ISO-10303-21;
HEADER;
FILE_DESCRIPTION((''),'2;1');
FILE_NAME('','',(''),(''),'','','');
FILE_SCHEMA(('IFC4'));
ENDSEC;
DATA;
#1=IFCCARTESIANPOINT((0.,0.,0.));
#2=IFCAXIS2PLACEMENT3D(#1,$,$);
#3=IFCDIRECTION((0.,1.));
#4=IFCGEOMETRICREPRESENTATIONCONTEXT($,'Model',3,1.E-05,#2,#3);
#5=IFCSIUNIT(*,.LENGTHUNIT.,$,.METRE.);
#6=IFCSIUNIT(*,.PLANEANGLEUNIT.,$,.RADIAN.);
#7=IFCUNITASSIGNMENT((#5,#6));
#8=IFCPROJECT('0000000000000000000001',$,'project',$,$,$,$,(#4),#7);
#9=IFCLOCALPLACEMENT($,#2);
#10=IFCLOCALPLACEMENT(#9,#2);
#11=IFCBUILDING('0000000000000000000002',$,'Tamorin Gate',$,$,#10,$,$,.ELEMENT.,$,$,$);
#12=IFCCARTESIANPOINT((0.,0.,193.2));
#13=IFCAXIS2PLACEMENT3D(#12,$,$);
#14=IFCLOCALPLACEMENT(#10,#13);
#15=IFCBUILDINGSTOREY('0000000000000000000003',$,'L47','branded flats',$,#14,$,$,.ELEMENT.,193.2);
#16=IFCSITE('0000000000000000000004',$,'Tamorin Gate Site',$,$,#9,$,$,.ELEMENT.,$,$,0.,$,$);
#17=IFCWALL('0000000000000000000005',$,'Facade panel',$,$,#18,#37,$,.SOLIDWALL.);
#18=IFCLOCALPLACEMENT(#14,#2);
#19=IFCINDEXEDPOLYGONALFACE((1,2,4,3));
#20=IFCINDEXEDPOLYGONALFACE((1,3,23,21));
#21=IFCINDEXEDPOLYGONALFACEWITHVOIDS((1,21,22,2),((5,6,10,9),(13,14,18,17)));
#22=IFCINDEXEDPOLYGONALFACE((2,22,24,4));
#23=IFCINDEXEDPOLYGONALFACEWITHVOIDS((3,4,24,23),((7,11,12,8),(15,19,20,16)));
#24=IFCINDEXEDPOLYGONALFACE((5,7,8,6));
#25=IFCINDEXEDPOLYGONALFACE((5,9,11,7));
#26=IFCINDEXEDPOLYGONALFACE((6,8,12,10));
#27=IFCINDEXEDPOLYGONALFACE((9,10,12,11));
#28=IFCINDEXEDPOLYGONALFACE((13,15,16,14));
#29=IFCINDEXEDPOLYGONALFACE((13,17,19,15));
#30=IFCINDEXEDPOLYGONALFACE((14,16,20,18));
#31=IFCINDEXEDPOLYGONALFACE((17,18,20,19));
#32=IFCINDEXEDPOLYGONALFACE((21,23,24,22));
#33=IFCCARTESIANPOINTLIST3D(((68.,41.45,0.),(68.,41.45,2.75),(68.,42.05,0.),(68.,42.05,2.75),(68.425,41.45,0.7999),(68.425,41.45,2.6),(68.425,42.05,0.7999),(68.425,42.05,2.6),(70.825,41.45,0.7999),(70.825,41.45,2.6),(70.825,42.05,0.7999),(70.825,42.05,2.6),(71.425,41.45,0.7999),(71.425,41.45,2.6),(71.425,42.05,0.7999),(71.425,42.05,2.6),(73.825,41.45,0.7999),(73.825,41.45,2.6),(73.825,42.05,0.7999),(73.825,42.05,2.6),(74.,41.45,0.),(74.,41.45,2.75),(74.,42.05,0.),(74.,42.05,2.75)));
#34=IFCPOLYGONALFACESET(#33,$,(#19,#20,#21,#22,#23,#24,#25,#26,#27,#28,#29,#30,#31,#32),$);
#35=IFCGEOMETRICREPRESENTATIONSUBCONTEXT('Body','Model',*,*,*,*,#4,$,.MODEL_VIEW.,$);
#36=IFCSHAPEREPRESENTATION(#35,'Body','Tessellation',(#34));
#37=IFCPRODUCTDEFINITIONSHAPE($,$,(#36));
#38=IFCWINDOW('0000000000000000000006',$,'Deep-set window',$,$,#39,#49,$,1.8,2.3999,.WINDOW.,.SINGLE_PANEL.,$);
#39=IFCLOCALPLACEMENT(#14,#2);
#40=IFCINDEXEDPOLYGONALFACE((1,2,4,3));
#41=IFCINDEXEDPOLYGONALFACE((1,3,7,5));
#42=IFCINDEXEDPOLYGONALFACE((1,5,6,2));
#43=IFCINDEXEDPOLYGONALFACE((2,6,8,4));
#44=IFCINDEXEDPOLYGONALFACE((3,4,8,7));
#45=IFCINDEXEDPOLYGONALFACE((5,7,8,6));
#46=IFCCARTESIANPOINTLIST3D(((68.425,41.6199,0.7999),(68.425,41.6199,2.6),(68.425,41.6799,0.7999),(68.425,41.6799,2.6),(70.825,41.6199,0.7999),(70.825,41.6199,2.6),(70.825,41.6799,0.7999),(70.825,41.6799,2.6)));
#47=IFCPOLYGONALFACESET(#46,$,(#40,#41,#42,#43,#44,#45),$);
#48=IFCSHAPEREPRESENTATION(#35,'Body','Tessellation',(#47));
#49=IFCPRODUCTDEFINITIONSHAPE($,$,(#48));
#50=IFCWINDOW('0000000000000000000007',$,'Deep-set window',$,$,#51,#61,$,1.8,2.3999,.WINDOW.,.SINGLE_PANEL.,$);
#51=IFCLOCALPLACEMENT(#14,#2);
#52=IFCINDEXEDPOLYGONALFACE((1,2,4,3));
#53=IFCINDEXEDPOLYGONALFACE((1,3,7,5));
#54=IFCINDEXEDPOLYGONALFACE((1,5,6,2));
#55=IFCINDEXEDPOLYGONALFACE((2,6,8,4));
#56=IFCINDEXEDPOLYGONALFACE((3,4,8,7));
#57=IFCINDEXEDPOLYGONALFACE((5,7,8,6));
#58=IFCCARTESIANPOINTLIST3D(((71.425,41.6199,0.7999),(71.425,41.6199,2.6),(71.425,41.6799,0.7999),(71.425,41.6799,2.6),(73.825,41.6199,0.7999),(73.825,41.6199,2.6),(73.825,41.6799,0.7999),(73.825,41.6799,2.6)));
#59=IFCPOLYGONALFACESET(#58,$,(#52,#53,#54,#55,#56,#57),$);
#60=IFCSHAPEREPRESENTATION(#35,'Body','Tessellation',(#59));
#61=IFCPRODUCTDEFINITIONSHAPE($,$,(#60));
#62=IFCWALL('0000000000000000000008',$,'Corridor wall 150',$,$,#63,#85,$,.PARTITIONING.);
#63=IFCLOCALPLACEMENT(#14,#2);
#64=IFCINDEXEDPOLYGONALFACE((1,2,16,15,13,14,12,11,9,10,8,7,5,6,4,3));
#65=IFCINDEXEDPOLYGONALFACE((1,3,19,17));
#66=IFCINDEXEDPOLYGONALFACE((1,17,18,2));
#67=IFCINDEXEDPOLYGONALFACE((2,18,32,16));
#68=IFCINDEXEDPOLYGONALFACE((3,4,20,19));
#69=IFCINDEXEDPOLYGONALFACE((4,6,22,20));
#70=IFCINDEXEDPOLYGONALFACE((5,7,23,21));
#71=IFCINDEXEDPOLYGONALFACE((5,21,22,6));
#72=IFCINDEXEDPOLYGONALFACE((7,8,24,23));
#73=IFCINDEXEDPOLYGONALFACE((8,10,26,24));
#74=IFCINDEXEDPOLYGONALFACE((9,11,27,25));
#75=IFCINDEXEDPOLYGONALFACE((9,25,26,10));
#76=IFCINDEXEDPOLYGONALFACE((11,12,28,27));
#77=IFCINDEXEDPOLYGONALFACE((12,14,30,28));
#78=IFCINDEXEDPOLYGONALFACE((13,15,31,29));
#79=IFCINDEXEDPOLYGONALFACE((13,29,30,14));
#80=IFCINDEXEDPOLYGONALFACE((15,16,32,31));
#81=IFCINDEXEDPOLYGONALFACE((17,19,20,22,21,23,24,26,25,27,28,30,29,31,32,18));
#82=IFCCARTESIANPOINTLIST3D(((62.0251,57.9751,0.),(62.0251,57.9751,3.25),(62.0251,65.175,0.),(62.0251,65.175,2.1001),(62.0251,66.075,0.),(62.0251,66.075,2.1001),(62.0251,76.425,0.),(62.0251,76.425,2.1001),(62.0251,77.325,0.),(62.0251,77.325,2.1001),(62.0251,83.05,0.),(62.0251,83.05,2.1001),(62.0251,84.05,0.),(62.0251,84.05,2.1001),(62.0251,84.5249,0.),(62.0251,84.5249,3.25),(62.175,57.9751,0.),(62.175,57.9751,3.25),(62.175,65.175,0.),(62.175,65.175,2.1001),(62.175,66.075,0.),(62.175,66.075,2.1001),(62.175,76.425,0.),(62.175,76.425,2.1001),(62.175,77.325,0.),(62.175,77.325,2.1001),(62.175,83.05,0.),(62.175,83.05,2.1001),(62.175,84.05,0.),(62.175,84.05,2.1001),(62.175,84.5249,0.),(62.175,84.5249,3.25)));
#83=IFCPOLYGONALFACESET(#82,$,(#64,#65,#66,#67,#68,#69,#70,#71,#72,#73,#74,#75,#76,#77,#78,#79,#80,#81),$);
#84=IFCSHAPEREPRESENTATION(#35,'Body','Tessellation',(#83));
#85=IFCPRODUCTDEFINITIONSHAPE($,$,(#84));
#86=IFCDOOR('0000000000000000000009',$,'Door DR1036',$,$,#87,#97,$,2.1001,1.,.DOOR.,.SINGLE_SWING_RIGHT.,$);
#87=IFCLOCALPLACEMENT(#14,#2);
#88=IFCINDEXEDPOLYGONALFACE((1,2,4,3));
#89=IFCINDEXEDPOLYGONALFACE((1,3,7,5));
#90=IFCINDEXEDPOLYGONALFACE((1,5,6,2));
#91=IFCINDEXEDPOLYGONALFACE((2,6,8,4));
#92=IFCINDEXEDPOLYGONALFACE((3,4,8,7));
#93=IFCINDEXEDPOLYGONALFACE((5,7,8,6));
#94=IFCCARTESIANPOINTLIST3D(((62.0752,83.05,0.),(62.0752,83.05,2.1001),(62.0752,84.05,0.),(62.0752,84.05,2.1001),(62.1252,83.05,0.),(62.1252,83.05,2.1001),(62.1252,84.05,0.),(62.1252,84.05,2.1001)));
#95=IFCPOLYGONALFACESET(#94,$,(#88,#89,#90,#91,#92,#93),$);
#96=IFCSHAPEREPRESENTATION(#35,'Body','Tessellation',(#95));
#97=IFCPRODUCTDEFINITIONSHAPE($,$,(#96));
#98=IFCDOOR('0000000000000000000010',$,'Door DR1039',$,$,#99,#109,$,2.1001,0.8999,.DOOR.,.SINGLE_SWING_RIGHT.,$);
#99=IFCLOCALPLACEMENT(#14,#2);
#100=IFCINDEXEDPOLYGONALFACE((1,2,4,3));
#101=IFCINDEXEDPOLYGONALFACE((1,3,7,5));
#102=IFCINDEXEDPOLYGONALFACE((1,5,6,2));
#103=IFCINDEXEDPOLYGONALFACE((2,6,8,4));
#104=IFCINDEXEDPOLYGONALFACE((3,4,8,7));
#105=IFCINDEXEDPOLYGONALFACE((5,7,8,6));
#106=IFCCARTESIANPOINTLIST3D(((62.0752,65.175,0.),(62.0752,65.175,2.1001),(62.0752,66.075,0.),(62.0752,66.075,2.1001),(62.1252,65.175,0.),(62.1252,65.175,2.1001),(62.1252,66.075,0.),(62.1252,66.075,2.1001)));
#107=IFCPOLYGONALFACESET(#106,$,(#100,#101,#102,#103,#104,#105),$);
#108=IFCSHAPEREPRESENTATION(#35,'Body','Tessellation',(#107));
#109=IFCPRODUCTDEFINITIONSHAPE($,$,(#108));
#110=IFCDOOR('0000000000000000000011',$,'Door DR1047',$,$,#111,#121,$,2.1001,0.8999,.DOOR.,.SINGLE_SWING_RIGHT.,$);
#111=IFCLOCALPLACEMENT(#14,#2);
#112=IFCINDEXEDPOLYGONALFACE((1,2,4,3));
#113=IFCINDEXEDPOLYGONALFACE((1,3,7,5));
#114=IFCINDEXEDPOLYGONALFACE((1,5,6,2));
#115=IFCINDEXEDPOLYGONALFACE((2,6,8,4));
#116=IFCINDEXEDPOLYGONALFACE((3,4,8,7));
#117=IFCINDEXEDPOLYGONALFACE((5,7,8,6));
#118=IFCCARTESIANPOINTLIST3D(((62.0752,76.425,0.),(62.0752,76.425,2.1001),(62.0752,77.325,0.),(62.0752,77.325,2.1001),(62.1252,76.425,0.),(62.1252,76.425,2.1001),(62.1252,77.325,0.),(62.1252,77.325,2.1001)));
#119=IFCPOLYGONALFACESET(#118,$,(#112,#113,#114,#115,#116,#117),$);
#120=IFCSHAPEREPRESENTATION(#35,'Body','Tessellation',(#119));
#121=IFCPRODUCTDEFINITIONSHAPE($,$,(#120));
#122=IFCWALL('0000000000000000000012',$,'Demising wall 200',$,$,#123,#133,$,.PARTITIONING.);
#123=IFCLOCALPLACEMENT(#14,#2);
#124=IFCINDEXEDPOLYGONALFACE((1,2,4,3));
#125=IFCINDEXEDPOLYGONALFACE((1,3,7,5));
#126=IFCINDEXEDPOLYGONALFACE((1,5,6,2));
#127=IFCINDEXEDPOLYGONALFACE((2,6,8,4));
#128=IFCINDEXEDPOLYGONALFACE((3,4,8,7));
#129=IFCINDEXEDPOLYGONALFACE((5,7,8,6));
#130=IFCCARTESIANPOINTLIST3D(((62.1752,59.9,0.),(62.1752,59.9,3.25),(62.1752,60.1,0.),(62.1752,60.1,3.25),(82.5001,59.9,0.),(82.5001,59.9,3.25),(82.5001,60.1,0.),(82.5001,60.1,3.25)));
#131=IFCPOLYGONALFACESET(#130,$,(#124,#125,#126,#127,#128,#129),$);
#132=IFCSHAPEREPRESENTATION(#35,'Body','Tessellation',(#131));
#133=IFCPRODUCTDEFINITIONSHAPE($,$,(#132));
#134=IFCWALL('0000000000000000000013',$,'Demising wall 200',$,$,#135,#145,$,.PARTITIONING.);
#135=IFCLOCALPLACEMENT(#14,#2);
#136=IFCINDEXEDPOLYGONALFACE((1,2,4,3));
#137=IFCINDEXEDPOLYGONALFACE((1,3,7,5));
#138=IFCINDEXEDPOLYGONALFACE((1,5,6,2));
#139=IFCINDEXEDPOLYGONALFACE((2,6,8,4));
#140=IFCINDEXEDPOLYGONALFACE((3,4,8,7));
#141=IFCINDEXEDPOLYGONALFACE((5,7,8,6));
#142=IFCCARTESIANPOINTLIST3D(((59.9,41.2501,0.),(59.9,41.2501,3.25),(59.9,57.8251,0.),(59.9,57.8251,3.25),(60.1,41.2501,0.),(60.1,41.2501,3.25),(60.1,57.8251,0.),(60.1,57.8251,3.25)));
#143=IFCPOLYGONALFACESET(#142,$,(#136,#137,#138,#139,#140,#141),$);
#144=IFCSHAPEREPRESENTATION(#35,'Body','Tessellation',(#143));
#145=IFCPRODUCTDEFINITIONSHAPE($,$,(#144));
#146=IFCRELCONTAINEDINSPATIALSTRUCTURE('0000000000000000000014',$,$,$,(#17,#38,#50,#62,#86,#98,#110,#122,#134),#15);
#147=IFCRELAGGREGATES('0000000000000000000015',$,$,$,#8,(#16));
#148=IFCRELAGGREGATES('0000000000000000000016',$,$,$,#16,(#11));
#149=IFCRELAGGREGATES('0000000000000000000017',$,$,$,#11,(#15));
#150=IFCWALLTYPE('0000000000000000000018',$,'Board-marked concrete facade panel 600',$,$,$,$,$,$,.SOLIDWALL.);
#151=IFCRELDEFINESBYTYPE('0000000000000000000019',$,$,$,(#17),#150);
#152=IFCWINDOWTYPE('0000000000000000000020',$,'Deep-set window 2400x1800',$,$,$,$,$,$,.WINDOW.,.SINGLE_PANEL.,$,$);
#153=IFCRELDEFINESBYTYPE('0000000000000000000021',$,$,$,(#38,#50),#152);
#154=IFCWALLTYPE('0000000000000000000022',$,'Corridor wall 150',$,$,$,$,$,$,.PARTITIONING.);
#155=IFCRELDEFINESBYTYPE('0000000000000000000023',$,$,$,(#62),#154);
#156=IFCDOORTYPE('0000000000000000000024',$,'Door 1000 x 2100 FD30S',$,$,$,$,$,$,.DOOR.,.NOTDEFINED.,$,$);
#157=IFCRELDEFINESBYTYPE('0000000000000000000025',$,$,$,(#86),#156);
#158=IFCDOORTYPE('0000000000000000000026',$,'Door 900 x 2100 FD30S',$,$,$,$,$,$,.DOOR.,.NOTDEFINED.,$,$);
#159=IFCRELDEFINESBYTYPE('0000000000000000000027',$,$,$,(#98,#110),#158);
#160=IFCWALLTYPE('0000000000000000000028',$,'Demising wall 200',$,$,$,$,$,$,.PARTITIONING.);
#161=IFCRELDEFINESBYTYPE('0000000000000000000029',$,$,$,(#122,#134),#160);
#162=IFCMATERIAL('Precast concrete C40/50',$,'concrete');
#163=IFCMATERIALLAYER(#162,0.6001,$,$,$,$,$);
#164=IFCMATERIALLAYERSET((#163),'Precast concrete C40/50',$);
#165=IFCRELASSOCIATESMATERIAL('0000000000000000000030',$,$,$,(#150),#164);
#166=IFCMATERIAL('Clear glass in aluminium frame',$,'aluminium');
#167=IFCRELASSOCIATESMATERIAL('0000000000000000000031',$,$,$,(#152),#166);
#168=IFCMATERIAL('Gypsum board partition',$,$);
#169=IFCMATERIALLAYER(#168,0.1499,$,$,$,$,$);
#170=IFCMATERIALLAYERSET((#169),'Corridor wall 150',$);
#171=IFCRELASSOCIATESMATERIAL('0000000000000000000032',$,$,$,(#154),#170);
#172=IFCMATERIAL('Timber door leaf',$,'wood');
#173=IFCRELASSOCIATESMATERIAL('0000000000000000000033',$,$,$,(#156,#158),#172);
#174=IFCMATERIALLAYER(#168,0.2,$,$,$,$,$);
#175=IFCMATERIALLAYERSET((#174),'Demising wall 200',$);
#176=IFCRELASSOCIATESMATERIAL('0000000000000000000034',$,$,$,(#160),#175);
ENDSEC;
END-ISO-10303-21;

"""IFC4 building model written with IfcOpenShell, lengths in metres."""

from ifc_helpers import new_model, si_unit, direction, frame, frame_2d, origin, place, context, subcontext, project, spatial, rectangle, extrude, material, layer, layer_set, type_object, element, fill, save


model = new_model("IFC4")

# Units and contexts
model_context = context("Model", 3, precision=1e-05, world=origin(), true_north=direction((0.0, 1.0)))
body_context = subcontext(model_context, "Body", "Model", "MODEL_VIEW")
ifc_project = project(units=[si_unit("LENGTHUNIT", "METRE"), si_unit("PLANEANGLEUNIT", "RADIAN")], contexts=[model_context])

# Site, building, storey
site_placement = place(None, origin())
site = spatial("IfcSite", under=ifc_project, at=site_placement, Name="Tamorin Gate Site", CompositionType="ELEMENT", RefElevation=0.0)
building_placement = place(site_placement, origin())
building = spatial("IfcBuilding", under=site, at=building_placement, Name="Tamorin Gate", CompositionType="ELEMENT")
storey_placement = place(building_placement, frame((0.0, 0.0, 193.2)))
storey = spatial("IfcBuildingStorey", under=building, at=storey_placement, Name="L47", Description="branded flats", CompositionType="ELEMENT", Elevation=193.2)

# Wall, openings, windows
ifc_material_1 = material(Name="Precast concrete C40/50", Category="concrete")
ifc_layer_1 = layer(ifc_material_1, 0.6001)
ifc_layer_set_1 = layer_set([ifc_layer_1], Name="Precast concrete C40/50")
wall_type_1 = type_object("IfcWallType", Name="Board-marked concrete facade panel 600", PredefinedType="SOLIDWALL", material=ifc_layer_set_1)
ifc_material_2 = material(Name="Clear glass in aluminium frame", Category="aluminium")
window_type = type_object("IfcWindowType", Name="Deep-set window 2400x1800", PartitioningType="SINGLE_PANEL", PredefinedType="WINDOW", material=ifc_material_2)
wall_1_placement = place(storey_placement, frame((68.0, 41.75, 0.0), z_axis=(0.0, 0.0, 1.0), x_axis=(1.0, 0.0, 0.0)))
wall_1 = element("IfcWall", 1, at=wall_1_placement, inside=storey, type_object=wall_type_1, Name="Facade panel", PredefinedType="SOLIDWALL", context=body_context, shape_type="SweptSolid", body=[
    extrude(rectangle(XDim=6.0, YDim=0.6001, at=frame_2d((3.0, 0.0))), origin(), (0.0, 0.0, 1.0), 2.75),
])
opening_1_placement = place(wall_1_placement, frame((0.425, 0.0, 0.8)))
opening_1 = element("IfcOpeningElement", 2, at=opening_1_placement, cuts=wall_1, PredefinedType="OPENING", context=body_context, shape_type="SweptSolid", body=[
    extrude(rectangle(XDim=2.3999, YDim=1.8, at=frame_2d((1.2, 0.8999))), frame((0.0, 0.3101, 0.0), z_axis=(0.0, -1.0, 0.0), x_axis=(1.0, 0.0, 0.0)), (0.0, 0.0, 1.0), 0.6201),
])
opening_2_placement = place(wall_1_placement, frame((3.425, 0.0, 0.8)))
opening_2 = element("IfcOpeningElement", 3, at=opening_2_placement, cuts=wall_1, PredefinedType="OPENING", context=body_context, shape_type="SweptSolid", body=[
    extrude(rectangle(XDim=2.3999, YDim=1.8, at=frame_2d((1.2, 0.8999))), frame((0.0, 0.3101, 0.0), z_axis=(0.0, -1.0, 0.0), x_axis=(1.0, 0.0, 0.0)), (0.0, 0.0, 1.0), 0.6201),
])
window_1_placement = place(opening_1_placement, origin())
window_1 = element("IfcWindow", 4, at=window_1_placement, inside=storey, type_object=window_type, Name="Deep-set window", OverallHeight=1.8, OverallWidth=2.3999, PartitioningType="SINGLE_PANEL", PredefinedType="WINDOW", context=body_context, shape_type="SweptSolid", body=[
    extrude(rectangle(XDim=2.3999, YDim=1.8, at=frame_2d((1.2, 0.8999))), frame((0.0, -0.0701, 0.0), z_axis=(0.0, -1.0, 0.0), x_axis=(1.0, 0.0, 0.0)), (0.0, 0.0, 1.0), 0.0601),
])
fill(opening_1, window_1)
window_2_placement = place(opening_2_placement, origin())
window_2 = element("IfcWindow", 5, at=window_2_placement, inside=storey, type_object=window_type, Name="Deep-set window", OverallHeight=1.8, OverallWidth=2.3999, PartitioningType="SINGLE_PANEL", PredefinedType="WINDOW", context=body_context, shape_type="SweptSolid", body=[
    extrude(rectangle(XDim=2.3999, YDim=1.8, at=frame_2d((1.2, 0.8999))), frame((0.0, -0.0701, 0.0), z_axis=(0.0, -1.0, 0.0), x_axis=(1.0, 0.0, 0.0)), (0.0, 0.0, 1.0), 0.0601),
])
fill(opening_2, window_2)

# Wall, openings, doors
ifc_material_3 = material(Name="Gypsum board partition")
ifc_layer_2 = layer(ifc_material_3, 0.1499)
ifc_layer_set_2 = layer_set([ifc_layer_2], Name="Corridor wall 150")
wall_type_2 = type_object("IfcWallType", Name="Corridor wall 150", PredefinedType="PARTITIONING", material=ifc_layer_set_2)
wall_2_placement = place(storey_placement, frame((62.1001, 57.9751, 0.0), z_axis=(0.0, 0.0, 1.0), x_axis=(0.0, 1.0, 0.0)))
wall_2 = element("IfcWall", 6, at=wall_2_placement, inside=storey, type_object=wall_type_2, Name="Corridor wall 150", PredefinedType="PARTITIONING", context=body_context, shape_type="SweptSolid", body=[
    extrude(rectangle(XDim=26.5498, YDim=0.1499, at=frame_2d((13.2749, 0.0))), origin(), (0.0, 0.0, 1.0), 3.25),
])
opening_3_placement = place(wall_2_placement, frame((25.075, 0.0, 0.0)))
opening_3 = element("IfcOpeningElement", 7, at=opening_3_placement, cuts=wall_2, PredefinedType="OPENING", context=body_context, shape_type="SweptSolid", body=[
    extrude(rectangle(XDim=1.0, YDim=2.1001, at=frame_2d((0.5, 1.05))), frame((0.0, 0.085, 0.0), z_axis=(0.0, -1.0, 0.0), x_axis=(1.0, 0.0, 0.0)), (0.0, 0.0, 1.0), 0.1699),
])
opening_4_placement = place(wall_2_placement, frame((7.2, 0.0, 0.0)))
opening_4 = element("IfcOpeningElement", 8, at=opening_4_placement, cuts=wall_2, PredefinedType="OPENING", context=body_context, shape_type="SweptSolid", body=[
    extrude(rectangle(XDim=0.8999, YDim=2.1001, at=frame_2d((0.45, 1.05))), frame((0.0, 0.085, 0.0), z_axis=(0.0, -1.0, 0.0), x_axis=(1.0, 0.0, 0.0)), (0.0, 0.0, 1.0), 0.1699),
])
opening_5_placement = place(wall_2_placement, frame((18.45, 0.0, 0.0)))
opening_5 = element("IfcOpeningElement", 9, at=opening_5_placement, cuts=wall_2, PredefinedType="OPENING", context=body_context, shape_type="SweptSolid", body=[
    extrude(rectangle(XDim=0.8999, YDim=2.1001, at=frame_2d((0.45, 1.05))), frame((0.0, 0.085, 0.0), z_axis=(0.0, -1.0, 0.0), x_axis=(1.0, 0.0, 0.0)), (0.0, 0.0, 1.0), 0.1699),
])
ifc_material_4 = material(Name="Timber door leaf", Category="wood")
door_type_1 = type_object("IfcDoorType", Name="Door 1000 x 2100 FD30S", OperationType="NOTDEFINED", PredefinedType="DOOR", material=ifc_material_4)
door_1_placement = place(opening_3_placement, origin())
door_1 = element("IfcDoor", 10, at=door_1_placement, inside=storey, type_object=door_type_1, Name="Door DR1036", OperationType="SINGLE_SWING_RIGHT", OverallHeight=2.1001, OverallWidth=1.0, PredefinedType="DOOR", context=body_context, shape_type="SweptSolid", body=[
    extrude(rectangle(XDim=1.0, YDim=2.1001, at=frame_2d((0.5, 1.05))), frame((0.0, 0.0249, 0.0), z_axis=(0.0, -1.0, 0.0), x_axis=(1.0, 0.0, 0.0)), (0.0, 0.0, 1.0), 0.05),
])
fill(opening_3, door_1)
door_type_2 = type_object("IfcDoorType", Name="Door 900 x 2100 FD30S", OperationType="NOTDEFINED", PredefinedType="DOOR", material=ifc_material_4)
door_2_placement = place(opening_4_placement, origin())
door_2 = element("IfcDoor", 11, at=door_2_placement, inside=storey, type_object=door_type_2, Name="Door DR1039", OperationType="SINGLE_SWING_RIGHT", OverallHeight=2.1001, OverallWidth=0.8999, PredefinedType="DOOR", context=body_context, shape_type="SweptSolid", body=[
    extrude(rectangle(XDim=0.8999, YDim=2.1001, at=frame_2d((0.45, 1.05))), frame((0.0, 0.0249, 0.0), z_axis=(0.0, -1.0, 0.0), x_axis=(1.0, 0.0, 0.0)), (0.0, 0.0, 1.0), 0.05),
])
fill(opening_4, door_2)
door_3_placement = place(opening_5_placement, origin())
door_3 = element("IfcDoor", 12, at=door_3_placement, inside=storey, type_object=door_type_2, Name="Door DR1047", OperationType="SINGLE_SWING_RIGHT", OverallHeight=2.1001, OverallWidth=0.8999, PredefinedType="DOOR", context=body_context, shape_type="SweptSolid", body=[
    extrude(rectangle(XDim=0.8999, YDim=2.1001, at=frame_2d((0.45, 1.05))), frame((0.0, 0.0249, 0.0), z_axis=(0.0, -1.0, 0.0), x_axis=(1.0, 0.0, 0.0)), (0.0, 0.0, 1.0), 0.05),
])
fill(opening_5, door_3)

# Walls
ifc_layer_3 = layer(ifc_material_3, 0.2)
ifc_layer_set_3 = layer_set([ifc_layer_3], Name="Demising wall 200")
wall_type_3 = type_object("IfcWallType", Name="Demising wall 200", PredefinedType="PARTITIONING", material=ifc_layer_set_3)
wall_3_placement = place(storey_placement, frame((62.175, 60.0, 0.0), z_axis=(0.0, 0.0, 1.0), x_axis=(1.0, 0.0, 0.0)))
element("IfcWall", 13, at=wall_3_placement, inside=storey, type_object=wall_type_3, Name="Demising wall 200", PredefinedType="PARTITIONING", context=body_context, shape_type="SweptSolid", body=[
    extrude(rectangle(XDim=20.325, YDim=0.2, at=frame_2d((10.1626, 0.0))), origin(), (0.0, 0.0, 1.0), 3.25),
])
wall_4_placement = place(storey_placement, frame((60.0, 41.25, 0.0), z_axis=(0.0, 0.0, 1.0), x_axis=(0.0, 1.0, 0.0)))
element("IfcWall", 14, at=wall_4_placement, inside=storey, type_object=wall_type_3, Name="Demising wall 200", PredefinedType="PARTITIONING", context=body_context, shape_type="SweptSolid", body=[
    extrude(rectangle(XDim=16.575, YDim=0.2, at=frame_2d((8.2876, 0.0))), origin(), (0.0, 0.0, 1.0), 3.25),
])

save(model, "model.ifc")
